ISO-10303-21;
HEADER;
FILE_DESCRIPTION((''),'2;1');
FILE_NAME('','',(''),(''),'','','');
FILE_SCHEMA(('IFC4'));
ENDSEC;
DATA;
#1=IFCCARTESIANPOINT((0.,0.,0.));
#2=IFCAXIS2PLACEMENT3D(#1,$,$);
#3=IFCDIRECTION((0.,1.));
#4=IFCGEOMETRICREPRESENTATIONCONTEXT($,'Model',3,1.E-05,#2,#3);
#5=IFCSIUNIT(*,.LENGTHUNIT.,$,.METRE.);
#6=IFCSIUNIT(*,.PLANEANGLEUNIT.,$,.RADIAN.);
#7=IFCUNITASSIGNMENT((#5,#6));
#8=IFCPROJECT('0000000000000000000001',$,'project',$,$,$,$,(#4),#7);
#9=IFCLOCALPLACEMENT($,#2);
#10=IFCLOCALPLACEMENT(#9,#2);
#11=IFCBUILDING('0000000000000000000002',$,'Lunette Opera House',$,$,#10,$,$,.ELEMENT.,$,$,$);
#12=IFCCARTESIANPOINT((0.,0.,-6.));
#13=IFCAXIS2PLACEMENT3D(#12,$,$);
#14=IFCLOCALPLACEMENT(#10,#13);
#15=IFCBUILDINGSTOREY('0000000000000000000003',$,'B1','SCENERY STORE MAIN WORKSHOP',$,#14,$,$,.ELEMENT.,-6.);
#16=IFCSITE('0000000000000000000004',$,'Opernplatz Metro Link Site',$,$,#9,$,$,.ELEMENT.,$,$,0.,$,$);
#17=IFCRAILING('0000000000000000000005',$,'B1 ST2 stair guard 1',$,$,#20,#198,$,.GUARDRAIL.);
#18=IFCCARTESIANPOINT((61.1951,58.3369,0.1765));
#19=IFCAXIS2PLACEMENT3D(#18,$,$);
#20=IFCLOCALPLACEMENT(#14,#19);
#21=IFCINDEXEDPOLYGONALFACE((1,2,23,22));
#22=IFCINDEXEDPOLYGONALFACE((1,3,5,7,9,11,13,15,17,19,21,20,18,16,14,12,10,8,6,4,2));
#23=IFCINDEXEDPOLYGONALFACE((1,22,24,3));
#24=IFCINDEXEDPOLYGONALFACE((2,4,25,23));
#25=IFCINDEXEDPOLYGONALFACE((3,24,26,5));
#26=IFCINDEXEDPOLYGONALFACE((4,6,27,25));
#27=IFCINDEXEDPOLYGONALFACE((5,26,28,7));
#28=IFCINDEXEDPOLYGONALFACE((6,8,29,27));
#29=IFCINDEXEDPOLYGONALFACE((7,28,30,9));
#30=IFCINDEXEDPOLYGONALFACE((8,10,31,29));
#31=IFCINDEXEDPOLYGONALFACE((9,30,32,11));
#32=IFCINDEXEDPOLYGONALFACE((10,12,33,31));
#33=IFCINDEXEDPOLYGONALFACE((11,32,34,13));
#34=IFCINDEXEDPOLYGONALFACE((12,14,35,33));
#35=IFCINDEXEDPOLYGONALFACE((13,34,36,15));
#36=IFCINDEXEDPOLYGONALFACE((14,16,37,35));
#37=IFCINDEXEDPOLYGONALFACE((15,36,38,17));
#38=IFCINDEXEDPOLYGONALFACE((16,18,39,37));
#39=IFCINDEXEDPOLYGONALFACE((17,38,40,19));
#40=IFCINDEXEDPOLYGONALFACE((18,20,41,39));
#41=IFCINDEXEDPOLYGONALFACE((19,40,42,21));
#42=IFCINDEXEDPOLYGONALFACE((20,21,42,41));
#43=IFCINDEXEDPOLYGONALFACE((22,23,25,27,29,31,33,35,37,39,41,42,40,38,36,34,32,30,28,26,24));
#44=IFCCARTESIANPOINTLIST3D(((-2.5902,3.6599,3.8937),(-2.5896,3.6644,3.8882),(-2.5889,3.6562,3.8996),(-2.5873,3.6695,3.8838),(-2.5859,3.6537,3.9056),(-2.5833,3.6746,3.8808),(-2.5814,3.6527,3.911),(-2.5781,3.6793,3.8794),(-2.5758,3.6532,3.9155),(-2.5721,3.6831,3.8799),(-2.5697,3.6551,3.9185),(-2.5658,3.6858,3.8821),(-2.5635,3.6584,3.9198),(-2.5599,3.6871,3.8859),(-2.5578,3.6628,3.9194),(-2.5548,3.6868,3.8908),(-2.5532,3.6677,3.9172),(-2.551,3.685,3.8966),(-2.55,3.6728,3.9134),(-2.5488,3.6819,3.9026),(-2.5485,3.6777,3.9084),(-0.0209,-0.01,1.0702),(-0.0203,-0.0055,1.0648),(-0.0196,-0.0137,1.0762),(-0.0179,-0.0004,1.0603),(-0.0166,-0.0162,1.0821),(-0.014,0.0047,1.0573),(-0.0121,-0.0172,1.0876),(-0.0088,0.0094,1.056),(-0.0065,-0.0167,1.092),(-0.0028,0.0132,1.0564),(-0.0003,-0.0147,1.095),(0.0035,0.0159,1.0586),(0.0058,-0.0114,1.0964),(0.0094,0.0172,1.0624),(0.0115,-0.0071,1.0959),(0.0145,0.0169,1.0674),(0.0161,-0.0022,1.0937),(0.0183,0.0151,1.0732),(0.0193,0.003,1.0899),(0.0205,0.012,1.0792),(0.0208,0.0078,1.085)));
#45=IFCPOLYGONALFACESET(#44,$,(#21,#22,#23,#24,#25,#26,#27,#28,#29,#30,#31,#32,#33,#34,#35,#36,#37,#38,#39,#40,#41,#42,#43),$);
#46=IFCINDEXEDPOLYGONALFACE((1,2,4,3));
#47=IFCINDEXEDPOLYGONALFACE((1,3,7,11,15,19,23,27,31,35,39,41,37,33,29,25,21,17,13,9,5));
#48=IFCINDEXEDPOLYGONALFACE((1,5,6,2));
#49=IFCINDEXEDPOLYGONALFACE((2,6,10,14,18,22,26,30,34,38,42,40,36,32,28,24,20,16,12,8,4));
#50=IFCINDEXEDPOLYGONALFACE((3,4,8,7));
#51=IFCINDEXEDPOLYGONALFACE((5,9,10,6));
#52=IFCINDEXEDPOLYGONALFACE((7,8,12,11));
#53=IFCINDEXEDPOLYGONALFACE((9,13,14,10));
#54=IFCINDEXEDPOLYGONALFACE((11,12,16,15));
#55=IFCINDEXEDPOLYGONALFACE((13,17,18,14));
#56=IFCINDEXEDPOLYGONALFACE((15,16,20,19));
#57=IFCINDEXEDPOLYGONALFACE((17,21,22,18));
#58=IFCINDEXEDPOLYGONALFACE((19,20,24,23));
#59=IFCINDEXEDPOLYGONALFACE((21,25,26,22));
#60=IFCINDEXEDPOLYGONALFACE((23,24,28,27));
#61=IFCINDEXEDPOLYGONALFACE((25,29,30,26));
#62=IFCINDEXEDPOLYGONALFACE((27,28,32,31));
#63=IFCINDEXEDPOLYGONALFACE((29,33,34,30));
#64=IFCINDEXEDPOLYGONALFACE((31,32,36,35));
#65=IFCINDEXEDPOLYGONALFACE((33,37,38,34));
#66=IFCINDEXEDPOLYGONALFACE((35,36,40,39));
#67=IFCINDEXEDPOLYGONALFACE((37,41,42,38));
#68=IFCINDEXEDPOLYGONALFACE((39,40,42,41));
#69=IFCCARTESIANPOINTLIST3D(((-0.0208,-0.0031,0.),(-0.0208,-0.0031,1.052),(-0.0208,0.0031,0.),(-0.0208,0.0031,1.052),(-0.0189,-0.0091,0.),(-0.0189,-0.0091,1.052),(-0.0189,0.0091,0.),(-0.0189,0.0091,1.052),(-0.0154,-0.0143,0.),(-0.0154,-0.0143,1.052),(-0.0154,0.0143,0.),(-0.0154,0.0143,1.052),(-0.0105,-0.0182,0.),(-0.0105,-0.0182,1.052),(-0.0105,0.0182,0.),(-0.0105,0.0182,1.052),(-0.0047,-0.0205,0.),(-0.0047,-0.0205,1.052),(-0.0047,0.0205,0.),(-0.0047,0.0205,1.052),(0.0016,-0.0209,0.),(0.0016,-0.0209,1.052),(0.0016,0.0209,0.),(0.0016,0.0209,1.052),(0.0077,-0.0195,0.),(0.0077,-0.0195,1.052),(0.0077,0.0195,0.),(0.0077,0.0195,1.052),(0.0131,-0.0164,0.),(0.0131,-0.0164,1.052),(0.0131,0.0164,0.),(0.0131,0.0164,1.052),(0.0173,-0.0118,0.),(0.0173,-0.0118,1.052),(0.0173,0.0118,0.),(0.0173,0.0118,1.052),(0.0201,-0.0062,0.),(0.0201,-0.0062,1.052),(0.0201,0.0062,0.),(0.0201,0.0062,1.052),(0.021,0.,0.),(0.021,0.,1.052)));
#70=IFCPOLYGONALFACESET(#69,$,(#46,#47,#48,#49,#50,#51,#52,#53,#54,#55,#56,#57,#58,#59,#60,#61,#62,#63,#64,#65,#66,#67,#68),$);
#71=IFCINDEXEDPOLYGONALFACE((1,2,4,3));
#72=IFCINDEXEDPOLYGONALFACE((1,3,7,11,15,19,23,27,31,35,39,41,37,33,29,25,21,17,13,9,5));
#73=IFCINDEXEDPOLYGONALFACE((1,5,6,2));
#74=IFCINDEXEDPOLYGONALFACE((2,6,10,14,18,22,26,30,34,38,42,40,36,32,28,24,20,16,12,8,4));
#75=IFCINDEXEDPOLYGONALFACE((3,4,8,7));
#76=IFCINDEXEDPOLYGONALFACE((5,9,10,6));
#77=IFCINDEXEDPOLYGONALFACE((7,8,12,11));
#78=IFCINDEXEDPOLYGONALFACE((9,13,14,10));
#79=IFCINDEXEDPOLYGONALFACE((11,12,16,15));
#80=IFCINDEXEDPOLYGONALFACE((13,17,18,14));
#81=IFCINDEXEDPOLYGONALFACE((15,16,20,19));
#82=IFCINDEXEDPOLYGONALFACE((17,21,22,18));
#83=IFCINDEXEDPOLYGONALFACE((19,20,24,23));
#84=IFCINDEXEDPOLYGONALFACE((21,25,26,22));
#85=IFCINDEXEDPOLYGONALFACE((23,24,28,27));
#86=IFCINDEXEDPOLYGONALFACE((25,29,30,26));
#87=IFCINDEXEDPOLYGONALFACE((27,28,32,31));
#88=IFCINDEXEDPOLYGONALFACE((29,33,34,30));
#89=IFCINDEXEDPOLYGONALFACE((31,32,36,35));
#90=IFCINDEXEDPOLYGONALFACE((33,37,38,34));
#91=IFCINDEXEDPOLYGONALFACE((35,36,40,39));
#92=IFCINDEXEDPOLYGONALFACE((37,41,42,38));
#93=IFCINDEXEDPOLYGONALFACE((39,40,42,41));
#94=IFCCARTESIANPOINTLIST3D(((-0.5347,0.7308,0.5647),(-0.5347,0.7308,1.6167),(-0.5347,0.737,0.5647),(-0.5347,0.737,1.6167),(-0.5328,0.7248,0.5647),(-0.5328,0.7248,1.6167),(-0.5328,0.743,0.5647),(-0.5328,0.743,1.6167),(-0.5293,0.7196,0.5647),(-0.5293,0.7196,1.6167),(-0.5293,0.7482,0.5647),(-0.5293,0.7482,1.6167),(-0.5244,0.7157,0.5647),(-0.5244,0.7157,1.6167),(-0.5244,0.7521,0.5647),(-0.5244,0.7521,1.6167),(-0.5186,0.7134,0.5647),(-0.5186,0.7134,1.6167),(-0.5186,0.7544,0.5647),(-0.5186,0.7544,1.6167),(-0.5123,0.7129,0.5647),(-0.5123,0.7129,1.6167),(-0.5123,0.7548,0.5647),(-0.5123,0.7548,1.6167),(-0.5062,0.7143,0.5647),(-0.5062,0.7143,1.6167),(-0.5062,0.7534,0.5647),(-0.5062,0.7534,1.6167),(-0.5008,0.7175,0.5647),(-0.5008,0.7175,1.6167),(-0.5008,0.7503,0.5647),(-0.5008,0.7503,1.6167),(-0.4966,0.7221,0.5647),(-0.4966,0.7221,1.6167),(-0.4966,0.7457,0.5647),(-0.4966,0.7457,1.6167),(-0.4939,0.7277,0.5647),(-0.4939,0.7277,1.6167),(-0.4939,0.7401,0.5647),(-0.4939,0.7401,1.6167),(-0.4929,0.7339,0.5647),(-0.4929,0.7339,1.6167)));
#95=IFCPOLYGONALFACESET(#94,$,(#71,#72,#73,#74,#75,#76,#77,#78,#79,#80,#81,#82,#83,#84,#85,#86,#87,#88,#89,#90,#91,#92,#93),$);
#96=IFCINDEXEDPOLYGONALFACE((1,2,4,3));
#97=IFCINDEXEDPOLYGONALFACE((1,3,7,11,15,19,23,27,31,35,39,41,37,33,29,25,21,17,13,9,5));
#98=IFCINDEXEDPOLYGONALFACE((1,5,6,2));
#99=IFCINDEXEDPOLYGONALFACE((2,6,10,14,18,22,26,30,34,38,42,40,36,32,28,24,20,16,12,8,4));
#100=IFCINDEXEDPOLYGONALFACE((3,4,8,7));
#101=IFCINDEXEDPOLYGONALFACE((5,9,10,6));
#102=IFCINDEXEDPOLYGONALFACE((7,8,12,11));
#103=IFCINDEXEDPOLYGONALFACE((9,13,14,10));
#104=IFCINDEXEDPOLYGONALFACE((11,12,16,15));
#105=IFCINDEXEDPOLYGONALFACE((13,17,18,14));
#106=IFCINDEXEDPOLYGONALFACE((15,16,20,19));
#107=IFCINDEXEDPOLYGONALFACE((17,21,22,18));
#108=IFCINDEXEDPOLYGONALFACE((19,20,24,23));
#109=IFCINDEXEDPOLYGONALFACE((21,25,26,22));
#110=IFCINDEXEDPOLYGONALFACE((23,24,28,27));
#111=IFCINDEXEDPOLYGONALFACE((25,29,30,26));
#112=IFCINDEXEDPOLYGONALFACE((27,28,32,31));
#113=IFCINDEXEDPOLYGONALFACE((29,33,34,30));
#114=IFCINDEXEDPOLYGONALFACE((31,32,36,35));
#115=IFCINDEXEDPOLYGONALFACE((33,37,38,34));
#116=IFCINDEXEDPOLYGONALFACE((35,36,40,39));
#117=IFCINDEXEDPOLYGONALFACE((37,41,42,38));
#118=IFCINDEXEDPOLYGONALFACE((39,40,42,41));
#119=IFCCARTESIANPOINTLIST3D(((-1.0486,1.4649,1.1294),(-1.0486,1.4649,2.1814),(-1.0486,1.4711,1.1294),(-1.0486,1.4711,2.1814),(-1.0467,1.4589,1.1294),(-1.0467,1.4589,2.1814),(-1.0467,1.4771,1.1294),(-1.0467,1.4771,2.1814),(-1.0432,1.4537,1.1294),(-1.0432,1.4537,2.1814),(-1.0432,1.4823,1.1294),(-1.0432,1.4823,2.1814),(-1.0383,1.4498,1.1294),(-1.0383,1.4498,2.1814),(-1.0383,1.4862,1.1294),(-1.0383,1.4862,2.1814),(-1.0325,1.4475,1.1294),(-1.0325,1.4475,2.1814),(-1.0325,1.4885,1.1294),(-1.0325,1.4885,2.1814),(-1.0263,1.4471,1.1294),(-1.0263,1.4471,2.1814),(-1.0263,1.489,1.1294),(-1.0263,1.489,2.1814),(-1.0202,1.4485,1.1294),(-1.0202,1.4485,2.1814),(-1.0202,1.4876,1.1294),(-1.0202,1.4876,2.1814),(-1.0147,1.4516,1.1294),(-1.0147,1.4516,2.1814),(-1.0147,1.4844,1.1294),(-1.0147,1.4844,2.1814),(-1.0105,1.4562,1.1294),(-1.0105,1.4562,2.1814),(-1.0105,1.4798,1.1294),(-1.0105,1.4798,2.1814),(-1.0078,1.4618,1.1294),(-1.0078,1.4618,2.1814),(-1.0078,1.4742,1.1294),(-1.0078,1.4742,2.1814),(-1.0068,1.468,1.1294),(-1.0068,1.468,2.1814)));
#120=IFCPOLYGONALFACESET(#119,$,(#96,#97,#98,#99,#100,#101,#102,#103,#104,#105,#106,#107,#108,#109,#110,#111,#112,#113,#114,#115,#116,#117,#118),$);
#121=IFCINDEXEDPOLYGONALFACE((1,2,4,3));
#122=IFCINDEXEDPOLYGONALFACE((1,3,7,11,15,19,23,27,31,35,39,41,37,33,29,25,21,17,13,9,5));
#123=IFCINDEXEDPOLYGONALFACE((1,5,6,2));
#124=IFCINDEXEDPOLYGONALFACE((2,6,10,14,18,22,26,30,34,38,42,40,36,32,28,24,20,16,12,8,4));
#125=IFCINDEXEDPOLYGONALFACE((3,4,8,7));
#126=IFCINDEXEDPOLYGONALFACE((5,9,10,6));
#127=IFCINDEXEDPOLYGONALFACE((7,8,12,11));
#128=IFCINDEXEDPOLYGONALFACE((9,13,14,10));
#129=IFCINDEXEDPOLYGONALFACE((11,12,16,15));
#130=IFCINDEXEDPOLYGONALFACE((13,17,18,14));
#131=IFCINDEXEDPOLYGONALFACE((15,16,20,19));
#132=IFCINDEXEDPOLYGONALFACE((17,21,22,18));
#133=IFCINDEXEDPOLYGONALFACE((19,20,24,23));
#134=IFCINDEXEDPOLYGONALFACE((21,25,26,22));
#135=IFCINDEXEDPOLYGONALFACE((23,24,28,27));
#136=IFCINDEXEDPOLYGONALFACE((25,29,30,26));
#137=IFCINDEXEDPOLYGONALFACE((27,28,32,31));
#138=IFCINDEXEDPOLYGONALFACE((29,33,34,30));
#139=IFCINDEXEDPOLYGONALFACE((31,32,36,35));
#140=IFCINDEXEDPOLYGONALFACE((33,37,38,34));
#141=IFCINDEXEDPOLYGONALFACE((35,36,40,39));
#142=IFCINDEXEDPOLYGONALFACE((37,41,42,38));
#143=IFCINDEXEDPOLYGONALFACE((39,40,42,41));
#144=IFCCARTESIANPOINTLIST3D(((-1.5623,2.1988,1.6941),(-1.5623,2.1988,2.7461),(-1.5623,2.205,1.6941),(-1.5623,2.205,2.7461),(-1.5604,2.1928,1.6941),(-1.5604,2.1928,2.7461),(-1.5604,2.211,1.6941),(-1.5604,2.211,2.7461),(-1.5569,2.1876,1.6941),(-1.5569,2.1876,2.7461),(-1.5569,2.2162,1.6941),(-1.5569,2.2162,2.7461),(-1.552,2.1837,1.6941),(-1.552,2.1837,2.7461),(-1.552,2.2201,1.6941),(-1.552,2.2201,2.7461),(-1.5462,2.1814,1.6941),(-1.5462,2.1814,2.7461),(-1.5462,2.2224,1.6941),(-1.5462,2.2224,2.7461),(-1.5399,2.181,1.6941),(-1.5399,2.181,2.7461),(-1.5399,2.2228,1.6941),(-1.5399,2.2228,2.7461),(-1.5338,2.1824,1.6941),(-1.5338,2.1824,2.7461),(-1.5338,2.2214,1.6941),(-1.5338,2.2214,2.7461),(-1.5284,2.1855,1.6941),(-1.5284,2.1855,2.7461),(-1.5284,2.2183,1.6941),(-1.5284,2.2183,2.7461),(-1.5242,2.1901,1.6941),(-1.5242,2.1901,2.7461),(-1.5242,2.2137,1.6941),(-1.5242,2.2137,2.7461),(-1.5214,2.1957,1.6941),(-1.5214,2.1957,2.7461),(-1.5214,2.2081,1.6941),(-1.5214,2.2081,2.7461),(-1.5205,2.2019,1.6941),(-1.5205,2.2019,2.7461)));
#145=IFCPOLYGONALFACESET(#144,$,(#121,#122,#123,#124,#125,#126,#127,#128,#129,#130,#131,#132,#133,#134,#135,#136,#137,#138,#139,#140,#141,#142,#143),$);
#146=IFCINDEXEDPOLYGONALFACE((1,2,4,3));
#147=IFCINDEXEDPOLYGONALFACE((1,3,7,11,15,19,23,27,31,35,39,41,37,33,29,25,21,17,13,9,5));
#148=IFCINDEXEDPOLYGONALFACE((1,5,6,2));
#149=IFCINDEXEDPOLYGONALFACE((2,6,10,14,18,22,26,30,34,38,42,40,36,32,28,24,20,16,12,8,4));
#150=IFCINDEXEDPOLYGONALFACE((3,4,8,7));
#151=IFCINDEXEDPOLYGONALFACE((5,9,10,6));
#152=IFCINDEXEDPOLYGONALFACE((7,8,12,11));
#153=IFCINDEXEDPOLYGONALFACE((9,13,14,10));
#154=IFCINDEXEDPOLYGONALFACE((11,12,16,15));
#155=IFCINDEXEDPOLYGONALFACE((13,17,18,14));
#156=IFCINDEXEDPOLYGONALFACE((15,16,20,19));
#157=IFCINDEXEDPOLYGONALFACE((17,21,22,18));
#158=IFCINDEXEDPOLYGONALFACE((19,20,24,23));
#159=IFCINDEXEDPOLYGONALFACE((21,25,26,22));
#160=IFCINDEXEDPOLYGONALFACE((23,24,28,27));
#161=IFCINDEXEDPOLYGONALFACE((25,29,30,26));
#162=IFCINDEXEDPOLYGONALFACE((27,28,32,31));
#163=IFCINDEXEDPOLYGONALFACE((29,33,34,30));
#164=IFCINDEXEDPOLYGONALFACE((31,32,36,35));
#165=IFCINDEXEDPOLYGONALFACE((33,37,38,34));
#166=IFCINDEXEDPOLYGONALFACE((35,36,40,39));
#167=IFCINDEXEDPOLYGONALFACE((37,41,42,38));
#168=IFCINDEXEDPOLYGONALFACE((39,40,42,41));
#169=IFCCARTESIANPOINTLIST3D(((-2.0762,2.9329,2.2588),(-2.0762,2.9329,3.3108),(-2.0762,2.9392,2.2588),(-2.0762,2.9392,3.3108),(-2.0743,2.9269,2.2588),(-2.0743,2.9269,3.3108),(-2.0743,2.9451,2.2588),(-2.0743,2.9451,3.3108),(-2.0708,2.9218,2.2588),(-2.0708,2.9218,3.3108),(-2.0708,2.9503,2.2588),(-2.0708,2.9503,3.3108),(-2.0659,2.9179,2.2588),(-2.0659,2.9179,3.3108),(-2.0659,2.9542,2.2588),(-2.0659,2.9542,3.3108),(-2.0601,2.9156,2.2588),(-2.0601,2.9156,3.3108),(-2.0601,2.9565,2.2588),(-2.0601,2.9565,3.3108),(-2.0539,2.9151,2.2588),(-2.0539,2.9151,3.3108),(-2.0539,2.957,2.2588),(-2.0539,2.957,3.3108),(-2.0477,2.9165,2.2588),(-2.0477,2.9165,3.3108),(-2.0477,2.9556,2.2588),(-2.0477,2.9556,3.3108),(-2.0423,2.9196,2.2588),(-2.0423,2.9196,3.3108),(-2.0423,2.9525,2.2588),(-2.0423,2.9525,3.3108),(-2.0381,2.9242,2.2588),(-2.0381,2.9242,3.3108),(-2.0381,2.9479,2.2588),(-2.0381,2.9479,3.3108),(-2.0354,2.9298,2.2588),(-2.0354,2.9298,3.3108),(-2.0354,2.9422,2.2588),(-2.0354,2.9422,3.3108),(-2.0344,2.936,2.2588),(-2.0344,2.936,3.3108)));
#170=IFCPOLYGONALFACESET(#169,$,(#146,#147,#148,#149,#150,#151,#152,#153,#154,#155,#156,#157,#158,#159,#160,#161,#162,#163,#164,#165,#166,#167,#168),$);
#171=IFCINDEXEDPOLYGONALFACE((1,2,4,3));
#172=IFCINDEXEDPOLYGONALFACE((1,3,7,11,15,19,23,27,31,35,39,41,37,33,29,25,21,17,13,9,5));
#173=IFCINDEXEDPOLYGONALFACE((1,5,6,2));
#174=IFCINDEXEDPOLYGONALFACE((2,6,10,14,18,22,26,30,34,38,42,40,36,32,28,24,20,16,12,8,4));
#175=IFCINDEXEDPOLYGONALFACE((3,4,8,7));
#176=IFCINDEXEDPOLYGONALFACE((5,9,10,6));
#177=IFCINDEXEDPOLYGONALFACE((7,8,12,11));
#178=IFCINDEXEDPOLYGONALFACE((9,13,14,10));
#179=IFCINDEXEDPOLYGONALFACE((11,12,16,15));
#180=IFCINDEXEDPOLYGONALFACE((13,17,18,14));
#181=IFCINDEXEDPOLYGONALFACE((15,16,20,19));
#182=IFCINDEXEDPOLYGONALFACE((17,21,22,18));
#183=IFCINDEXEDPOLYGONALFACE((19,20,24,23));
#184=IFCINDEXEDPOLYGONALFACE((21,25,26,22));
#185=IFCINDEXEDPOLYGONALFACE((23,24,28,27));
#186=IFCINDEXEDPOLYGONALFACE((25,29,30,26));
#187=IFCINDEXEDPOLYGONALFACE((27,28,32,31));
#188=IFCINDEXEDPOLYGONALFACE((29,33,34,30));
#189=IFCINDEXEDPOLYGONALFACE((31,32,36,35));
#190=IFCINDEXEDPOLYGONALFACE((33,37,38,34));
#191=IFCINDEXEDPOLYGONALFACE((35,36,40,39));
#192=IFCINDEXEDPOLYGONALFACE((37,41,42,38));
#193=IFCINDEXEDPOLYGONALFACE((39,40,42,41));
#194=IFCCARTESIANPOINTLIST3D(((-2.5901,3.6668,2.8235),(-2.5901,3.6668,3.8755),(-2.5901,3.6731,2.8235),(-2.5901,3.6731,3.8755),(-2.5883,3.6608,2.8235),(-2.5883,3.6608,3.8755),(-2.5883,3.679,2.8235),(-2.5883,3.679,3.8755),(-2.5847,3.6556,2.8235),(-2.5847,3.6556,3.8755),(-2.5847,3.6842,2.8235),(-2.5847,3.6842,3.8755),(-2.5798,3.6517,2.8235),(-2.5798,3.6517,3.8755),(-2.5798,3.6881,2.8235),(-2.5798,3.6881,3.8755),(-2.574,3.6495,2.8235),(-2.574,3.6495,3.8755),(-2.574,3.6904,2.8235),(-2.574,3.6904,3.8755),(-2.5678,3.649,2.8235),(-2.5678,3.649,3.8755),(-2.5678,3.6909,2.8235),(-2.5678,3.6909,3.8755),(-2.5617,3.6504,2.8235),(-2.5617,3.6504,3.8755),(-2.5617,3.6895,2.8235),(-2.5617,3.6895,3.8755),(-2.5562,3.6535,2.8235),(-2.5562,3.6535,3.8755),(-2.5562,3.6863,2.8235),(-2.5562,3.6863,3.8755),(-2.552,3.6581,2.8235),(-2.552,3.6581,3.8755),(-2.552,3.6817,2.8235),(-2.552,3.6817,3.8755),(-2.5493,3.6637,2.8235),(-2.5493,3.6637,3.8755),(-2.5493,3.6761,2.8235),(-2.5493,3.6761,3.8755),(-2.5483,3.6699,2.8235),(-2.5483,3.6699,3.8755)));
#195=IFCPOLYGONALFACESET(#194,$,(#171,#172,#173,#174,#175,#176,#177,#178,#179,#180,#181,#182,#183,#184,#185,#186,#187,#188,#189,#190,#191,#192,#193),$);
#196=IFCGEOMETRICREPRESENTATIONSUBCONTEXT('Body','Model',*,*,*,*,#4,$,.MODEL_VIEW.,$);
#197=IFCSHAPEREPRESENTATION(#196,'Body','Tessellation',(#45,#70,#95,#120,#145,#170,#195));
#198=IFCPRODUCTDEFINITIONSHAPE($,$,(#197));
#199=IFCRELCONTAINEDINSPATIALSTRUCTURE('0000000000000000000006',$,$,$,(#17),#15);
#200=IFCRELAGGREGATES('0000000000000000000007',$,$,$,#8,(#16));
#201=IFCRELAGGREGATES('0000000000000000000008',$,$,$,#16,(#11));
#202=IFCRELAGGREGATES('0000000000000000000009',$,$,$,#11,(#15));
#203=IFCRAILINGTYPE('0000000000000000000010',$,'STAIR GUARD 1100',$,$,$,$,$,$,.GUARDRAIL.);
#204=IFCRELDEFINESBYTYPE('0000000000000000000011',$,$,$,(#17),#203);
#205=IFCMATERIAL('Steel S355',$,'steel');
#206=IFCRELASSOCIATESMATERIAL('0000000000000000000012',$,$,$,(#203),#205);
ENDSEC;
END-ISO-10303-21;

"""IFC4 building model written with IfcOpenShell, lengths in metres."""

from ifc_helpers import new_model, si_unit, direction, frame, origin, origin_2d, place, context, subcontext, project, spatial, circle, extrude, material, type_object, element, save


model = new_model("IFC4")

# Units and contexts
model_context = context("Model", 3, precision=1e-05, world=origin(), true_north=direction((0.0, 1.0)))
body_context = subcontext(model_context, "Body", "Model", "MODEL_VIEW")
ifc_project = project(units=[si_unit("LENGTHUNIT", "METRE"), si_unit("PLANEANGLEUNIT", "RADIAN")], contexts=[model_context])

# Site, building, storey
site_placement = place(None, origin())
site = spatial("IfcSite", under=ifc_project, at=site_placement, Name="Opernplatz Metro Link Site", CompositionType="ELEMENT", RefElevation=0.0)
building_placement = place(site_placement, origin())
building = spatial("IfcBuilding", under=site, at=building_placement, Name="Lunette Opera House", CompositionType="ELEMENT")
storey_placement = place(building_placement, frame((0.0, 0.0, -6.0)))
storey = spatial("IfcBuildingStorey", under=building, at=storey_placement, Name="B1", Description="SCENERY STORE MAIN WORKSHOP", CompositionType="ELEMENT", Elevation=-6.0)

# Railing
ifc_material_1 = material(Name="Steel S355", Category="steel")
railing_type_1 = type_object("IfcRailingType", Name="STAIR GUARD 1100", PredefinedType="GUARDRAIL", material=ifc_material_1)
railing_1_placement = place(storey_placement, frame((61.1951, 58.3369, 0.1765)))
element("IfcRailing", 1, at=railing_1_placement, inside=storey, type_object=railing_type_1, Name="B1 ST2 stair guard 1", PredefinedType="GUARDRAIL", context=body_context, shape_type="SweptSolid", body=[
    extrude(circle(Radius=0.0239, at=origin_2d()), frame((0.0, 0.0, 1.0762), z_axis=(-0.485196, 0.693032, 0.53319), x_axis=(-0.819191, -0.573521, 0.0)), (0.0, 0.0, 1.0), 5.2954),
    extrude(circle(Radius=0.021, at=origin_2d()), origin(), (0.0, 0.0, 1.0), 1.052),
    extrude(circle(Radius=0.021, at=origin_2d()), frame((-0.5139, 0.7339, 0.5647)), (0.0, 0.0, 1.0), 1.052),
    extrude(circle(Radius=0.021, at=origin_2d()), frame((-1.0278, 1.468, 1.1294)), (0.0, 0.0, 1.0), 1.052),
    extrude(circle(Radius=0.021, at=origin_2d()), frame((-1.5415, 2.2019, 1.6941)), (0.0, 0.0, 1.0), 1.052),
    extrude(circle(Radius=0.021, at=origin_2d()), frame((-2.0554, 2.936, 2.2588)), (0.0, 0.0, 1.0), 1.052),
    extrude(circle(Radius=0.021, at=origin_2d()), frame((-2.5693, 3.6699, 2.8235)), (0.0, 0.0, 1.0), 1.052),
])

save(model, "model.ifc")
